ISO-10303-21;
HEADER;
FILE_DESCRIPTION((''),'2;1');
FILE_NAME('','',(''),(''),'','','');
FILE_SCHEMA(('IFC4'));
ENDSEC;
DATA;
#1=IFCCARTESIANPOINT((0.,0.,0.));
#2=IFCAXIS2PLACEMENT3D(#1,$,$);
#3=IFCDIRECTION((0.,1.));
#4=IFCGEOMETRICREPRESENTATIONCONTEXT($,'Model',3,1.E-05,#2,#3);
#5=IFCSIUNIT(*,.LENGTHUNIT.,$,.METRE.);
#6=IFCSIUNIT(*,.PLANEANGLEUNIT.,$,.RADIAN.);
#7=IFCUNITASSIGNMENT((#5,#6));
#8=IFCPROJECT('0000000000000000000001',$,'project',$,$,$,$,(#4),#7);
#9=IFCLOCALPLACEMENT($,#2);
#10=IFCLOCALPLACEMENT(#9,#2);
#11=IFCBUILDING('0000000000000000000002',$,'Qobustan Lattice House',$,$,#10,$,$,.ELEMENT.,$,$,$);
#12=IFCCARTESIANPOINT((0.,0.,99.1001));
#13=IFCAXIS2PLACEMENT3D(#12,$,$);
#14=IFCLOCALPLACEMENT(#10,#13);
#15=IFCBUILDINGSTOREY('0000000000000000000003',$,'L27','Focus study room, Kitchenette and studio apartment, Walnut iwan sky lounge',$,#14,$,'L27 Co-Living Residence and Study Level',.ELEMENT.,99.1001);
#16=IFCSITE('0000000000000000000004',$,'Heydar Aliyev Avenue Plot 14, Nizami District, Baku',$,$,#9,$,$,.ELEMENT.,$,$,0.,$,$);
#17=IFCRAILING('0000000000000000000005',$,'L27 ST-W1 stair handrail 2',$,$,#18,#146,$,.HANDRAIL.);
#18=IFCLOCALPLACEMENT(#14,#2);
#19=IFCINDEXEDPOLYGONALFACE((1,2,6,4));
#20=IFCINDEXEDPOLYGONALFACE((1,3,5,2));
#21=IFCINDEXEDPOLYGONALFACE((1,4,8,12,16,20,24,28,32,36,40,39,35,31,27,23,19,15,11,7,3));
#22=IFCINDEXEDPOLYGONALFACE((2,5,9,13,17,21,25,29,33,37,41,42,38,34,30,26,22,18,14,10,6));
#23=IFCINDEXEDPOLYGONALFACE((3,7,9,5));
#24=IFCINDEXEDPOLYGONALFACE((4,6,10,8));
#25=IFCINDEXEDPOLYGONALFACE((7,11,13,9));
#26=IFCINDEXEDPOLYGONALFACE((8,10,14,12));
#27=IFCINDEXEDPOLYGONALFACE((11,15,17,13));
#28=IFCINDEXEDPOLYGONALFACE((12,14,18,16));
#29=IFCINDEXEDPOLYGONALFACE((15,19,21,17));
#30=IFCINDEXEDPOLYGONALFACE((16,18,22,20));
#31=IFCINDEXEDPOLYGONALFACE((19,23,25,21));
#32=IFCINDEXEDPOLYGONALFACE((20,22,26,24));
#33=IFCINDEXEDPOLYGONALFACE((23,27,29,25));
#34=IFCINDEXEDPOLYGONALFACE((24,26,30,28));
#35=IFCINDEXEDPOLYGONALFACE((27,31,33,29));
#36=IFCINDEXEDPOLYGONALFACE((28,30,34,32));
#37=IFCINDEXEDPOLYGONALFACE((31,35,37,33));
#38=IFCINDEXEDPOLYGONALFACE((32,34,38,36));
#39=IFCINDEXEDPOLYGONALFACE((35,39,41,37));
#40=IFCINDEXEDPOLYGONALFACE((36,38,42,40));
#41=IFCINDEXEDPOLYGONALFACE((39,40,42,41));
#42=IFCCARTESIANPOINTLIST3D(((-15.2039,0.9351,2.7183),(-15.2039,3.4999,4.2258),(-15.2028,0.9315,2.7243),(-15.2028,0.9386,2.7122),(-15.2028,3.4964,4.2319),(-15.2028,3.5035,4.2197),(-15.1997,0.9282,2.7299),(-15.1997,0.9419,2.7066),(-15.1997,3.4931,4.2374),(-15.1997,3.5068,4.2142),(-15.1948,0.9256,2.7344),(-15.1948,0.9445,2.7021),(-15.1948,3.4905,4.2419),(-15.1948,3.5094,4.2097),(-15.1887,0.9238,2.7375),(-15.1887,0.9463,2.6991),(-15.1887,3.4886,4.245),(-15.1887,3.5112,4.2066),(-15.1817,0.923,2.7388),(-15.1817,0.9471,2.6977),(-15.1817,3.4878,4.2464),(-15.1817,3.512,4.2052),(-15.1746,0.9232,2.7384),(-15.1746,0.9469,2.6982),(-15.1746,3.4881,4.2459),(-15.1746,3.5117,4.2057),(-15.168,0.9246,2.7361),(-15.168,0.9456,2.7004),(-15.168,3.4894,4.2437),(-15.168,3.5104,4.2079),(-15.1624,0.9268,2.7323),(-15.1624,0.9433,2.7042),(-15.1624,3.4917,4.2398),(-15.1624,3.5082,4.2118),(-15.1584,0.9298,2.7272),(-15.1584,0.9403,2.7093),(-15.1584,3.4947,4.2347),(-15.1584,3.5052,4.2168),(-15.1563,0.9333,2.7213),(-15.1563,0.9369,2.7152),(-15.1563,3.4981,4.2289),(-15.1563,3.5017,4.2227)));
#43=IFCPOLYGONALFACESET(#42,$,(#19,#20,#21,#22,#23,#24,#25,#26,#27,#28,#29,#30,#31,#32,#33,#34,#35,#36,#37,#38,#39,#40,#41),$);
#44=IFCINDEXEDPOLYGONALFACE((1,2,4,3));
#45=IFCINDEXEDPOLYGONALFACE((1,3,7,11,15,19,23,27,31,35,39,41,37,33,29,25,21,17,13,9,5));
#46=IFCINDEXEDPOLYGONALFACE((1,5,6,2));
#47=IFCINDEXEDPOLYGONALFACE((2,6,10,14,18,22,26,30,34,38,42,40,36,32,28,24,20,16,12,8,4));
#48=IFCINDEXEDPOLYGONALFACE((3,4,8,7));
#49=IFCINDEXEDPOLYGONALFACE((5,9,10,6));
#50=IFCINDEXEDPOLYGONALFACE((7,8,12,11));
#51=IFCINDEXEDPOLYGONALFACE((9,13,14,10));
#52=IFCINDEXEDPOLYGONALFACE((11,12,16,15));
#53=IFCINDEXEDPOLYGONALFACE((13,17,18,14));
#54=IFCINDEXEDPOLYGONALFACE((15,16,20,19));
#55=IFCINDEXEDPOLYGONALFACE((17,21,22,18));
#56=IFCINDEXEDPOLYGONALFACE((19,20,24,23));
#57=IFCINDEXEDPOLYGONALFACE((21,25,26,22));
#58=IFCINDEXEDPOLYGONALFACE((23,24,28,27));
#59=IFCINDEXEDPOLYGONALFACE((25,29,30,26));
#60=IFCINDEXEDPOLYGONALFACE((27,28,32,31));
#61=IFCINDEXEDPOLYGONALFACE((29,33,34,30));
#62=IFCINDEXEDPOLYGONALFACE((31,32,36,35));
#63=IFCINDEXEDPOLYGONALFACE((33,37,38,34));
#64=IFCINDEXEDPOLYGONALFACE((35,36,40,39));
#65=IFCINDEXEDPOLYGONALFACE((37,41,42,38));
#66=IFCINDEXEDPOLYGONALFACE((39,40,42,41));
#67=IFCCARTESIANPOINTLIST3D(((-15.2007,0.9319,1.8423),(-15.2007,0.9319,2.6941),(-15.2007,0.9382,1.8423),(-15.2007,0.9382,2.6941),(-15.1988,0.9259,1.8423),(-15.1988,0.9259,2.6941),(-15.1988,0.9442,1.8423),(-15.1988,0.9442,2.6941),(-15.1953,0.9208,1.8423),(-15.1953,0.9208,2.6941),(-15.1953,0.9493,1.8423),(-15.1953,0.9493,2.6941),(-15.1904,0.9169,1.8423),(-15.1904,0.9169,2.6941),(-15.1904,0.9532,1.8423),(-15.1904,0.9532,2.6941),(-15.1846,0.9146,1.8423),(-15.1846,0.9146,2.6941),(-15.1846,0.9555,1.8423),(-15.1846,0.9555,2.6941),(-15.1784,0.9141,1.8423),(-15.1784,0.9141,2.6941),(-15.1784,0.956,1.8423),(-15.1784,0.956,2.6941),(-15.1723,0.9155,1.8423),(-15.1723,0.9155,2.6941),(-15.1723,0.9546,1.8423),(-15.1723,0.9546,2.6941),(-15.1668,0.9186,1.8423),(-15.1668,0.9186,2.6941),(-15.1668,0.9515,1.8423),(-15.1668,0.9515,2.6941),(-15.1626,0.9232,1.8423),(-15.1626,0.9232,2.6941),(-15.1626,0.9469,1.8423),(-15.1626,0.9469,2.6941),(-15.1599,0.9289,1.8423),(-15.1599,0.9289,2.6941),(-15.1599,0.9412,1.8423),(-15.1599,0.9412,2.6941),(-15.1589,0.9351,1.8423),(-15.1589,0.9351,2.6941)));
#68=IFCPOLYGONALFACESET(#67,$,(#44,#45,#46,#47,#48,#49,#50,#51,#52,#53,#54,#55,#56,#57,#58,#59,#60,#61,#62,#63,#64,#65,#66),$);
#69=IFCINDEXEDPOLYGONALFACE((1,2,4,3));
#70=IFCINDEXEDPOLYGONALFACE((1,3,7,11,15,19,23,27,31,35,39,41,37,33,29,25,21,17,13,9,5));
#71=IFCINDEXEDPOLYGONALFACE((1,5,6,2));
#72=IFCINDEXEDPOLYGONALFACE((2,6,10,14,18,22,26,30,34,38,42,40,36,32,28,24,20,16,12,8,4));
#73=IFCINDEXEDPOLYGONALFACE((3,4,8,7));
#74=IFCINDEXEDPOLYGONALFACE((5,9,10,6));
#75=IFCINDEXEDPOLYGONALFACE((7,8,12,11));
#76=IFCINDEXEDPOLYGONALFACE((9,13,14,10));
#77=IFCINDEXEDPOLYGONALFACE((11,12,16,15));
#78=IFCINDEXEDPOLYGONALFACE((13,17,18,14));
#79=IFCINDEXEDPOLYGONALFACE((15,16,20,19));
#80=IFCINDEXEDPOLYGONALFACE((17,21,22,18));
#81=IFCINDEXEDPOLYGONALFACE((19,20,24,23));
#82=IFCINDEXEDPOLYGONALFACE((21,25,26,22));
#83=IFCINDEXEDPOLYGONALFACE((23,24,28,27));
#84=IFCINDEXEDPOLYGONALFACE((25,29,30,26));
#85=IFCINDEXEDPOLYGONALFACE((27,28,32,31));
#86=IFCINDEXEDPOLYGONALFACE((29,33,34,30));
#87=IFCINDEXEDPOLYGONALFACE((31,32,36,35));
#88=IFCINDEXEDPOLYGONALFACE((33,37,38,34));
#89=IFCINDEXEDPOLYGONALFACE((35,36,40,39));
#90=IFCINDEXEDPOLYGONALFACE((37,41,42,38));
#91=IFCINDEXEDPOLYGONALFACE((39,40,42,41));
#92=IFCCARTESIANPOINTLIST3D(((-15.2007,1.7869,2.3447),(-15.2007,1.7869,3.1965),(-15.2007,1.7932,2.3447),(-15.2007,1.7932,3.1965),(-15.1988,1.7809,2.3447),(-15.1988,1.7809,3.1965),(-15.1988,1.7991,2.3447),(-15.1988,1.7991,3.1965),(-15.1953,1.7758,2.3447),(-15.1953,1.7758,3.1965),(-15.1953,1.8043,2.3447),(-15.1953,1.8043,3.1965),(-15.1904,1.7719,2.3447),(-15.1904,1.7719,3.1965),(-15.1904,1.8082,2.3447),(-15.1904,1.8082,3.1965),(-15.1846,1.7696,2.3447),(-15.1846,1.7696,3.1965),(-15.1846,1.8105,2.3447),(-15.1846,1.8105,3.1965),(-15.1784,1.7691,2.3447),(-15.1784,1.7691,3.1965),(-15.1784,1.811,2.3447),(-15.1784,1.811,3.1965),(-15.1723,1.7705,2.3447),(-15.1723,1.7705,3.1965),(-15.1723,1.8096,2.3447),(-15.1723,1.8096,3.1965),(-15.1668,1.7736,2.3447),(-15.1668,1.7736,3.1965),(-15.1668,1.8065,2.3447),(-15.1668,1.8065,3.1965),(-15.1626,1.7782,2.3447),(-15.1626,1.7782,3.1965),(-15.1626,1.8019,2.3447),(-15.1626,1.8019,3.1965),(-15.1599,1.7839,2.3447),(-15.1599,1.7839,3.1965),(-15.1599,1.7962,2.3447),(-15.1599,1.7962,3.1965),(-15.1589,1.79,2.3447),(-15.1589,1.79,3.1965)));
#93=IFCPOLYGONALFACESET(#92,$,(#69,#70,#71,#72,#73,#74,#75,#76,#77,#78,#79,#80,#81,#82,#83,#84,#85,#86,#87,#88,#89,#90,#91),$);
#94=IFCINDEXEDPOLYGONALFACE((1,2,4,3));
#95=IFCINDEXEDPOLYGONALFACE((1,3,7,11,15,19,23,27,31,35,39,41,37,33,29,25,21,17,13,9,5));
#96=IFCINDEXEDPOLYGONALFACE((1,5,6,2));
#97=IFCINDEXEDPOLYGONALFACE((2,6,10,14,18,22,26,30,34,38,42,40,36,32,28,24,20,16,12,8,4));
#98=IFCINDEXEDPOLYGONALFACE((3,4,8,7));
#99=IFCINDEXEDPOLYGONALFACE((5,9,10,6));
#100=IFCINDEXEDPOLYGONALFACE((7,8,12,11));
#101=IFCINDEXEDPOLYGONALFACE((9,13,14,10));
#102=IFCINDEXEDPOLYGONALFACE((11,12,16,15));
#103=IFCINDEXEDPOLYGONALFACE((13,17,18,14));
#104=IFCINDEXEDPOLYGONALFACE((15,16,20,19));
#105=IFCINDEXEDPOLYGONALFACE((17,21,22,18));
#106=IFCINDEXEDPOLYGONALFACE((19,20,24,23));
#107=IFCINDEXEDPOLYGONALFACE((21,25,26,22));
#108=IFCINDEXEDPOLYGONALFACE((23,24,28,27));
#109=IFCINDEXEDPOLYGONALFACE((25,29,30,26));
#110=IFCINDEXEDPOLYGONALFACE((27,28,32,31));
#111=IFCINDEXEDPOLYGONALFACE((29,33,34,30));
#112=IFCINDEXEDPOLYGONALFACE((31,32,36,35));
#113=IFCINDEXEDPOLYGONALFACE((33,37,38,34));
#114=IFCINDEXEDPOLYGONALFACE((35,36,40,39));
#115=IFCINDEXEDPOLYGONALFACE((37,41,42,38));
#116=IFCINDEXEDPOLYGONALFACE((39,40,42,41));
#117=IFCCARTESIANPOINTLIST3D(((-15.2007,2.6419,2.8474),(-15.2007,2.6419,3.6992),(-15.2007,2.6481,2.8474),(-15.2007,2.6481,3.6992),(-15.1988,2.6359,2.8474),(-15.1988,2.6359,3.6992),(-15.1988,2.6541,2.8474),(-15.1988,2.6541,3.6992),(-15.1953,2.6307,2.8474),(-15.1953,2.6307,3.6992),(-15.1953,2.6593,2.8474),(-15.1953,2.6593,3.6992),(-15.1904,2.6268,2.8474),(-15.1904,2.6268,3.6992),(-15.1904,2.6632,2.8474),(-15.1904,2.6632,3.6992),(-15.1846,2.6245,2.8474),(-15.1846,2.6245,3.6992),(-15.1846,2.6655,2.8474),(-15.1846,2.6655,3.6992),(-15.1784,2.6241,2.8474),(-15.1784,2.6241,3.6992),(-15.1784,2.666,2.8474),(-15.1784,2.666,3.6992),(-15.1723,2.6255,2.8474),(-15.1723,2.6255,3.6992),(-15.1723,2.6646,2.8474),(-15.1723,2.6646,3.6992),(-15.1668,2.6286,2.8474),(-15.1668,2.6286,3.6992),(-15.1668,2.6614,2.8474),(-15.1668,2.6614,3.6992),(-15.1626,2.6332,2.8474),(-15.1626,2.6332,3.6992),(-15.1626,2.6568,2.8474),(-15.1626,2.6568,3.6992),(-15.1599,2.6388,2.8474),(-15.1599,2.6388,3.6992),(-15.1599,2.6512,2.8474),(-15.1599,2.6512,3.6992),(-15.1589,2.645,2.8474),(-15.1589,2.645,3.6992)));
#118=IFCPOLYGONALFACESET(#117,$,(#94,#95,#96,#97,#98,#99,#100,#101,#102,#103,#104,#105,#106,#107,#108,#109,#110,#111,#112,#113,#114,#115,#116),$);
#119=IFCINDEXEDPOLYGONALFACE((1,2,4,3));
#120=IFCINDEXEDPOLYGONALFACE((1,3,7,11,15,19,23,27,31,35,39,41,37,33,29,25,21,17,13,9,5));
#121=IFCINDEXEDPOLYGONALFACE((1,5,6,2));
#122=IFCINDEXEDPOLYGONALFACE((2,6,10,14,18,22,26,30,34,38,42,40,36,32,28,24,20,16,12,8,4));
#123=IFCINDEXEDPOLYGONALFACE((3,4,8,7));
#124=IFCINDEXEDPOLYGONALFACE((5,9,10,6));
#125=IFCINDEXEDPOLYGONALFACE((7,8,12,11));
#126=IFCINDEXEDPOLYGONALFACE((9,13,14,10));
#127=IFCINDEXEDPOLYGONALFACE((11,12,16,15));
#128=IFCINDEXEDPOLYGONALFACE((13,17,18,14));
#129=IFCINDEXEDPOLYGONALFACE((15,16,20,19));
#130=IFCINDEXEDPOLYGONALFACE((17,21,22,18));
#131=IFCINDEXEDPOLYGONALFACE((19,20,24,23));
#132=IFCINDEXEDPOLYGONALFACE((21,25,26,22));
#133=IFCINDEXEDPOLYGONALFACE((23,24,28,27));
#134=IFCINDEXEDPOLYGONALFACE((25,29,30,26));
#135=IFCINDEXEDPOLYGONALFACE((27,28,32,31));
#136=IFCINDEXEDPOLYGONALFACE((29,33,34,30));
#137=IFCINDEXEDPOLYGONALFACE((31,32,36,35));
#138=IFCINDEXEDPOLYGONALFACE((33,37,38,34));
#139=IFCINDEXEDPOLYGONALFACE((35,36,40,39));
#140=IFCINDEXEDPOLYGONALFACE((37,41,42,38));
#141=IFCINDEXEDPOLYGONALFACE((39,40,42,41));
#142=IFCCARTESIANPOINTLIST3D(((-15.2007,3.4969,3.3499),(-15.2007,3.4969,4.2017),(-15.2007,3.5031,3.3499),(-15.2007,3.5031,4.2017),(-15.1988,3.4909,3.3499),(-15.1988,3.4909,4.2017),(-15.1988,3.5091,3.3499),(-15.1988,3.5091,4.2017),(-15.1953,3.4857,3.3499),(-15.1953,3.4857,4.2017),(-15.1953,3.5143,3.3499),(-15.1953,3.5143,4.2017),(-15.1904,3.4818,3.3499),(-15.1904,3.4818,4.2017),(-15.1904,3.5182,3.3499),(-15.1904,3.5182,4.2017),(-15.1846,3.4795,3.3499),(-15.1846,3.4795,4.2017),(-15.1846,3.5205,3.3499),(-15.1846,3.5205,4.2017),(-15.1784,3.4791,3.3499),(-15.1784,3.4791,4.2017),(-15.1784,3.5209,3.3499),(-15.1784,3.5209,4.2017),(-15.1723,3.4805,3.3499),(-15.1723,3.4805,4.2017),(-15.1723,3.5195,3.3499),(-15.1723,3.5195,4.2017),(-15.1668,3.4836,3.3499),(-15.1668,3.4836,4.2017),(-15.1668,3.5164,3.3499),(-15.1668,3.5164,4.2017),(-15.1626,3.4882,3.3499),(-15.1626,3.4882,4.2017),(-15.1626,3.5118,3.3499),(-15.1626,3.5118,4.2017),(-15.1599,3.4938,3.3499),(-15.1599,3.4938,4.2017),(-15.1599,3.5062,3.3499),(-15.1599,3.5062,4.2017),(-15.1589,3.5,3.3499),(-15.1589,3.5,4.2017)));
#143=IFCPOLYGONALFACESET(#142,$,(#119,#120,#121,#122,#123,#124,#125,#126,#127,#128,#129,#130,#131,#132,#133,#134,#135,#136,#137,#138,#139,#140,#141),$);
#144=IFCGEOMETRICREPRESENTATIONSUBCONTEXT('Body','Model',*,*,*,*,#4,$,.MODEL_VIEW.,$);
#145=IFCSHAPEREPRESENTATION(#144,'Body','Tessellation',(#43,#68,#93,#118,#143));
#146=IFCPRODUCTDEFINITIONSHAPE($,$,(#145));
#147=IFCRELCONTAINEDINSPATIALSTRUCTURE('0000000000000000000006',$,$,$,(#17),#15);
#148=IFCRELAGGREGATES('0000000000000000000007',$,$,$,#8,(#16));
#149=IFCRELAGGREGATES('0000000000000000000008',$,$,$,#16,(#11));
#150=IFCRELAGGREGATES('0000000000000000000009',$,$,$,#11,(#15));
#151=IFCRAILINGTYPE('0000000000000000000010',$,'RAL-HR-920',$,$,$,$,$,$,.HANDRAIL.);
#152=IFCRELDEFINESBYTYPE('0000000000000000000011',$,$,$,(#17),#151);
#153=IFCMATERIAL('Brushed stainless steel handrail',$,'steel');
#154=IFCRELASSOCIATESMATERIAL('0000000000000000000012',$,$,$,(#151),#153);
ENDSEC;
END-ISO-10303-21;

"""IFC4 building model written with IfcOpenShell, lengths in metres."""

from ifc_helpers import new_model, si_unit, direction, frame, origin, origin_2d, place, context, subcontext, project, spatial, circle, extrude, material, type_object, element, save


model = new_model("IFC4")

# Units and contexts
model_context = context("Model", 3, precision=1e-05, world=origin(), true_north=direction((0.0, 1.0)))
body_context = subcontext(model_context, "Body", "Model", "MODEL_VIEW")
ifc_project = project(units=[si_unit("LENGTHUNIT", "METRE"), si_unit("PLANEANGLEUNIT", "RADIAN")], contexts=[model_context])

# Site, building, storey
site_placement = place(None, origin())
site = spatial("IfcSite", under=ifc_project, at=site_placement, Name="Heydar Aliyev Avenue Plot 14, Nizami District, Baku", CompositionType="ELEMENT", RefElevation=0.0)
building_placement = place(site_placement, origin())
building = spatial("IfcBuilding", under=site, at=building_placement, Name="Qobustan Lattice House", CompositionType="ELEMENT")
storey_placement = place(building_placement, frame((0.0, 0.0, 99.1001)))
storey = spatial("IfcBuildingStorey", under=building, at=storey_placement, Name="L27", Description="Focus study room, Kitchenette and studio apartment, Walnut iwan sky lounge", LongName="L27 Co-Living Residence and Study Level", CompositionType="ELEMENT", Elevation=99.1001)

# Railing
ifc_material_1 = material(Name="Brushed stainless steel handrail", Category="steel")
railing_type_1 = type_object("IfcRailingType", Name="RAL-HR-920", PredefinedType="HANDRAIL", material=ifc_material_1)
railing_1_placement = place(storey_placement, frame((-15.1799, 0.9351, 1.8423)))
element("IfcRailing", 1, at=railing_1_placement, inside=storey, type_object=railing_type_1, Name="L27 ST-W1 stair handrail 2", PredefinedType="HANDRAIL", context=body_context, shape_type="SweptSolid", body=[
    extrude(circle(Radius=0.0239, at=origin_2d()), frame((0.0, 0.0, 0.876), z_axis=(0.0, 0.862113, 0.506715), x_axis=(-1.0, 0.0, 0.0)), (0.0, 0.0, 1.0), 2.9751),
    extrude(circle(Radius=0.021, at=origin_2d()), origin(), (0.0, 0.0, 1.0), 0.8518),
    extrude(circle(Radius=0.021, at=origin_2d()), frame((0.0, 0.855, 0.5024)), (0.0, 0.0, 1.0), 0.8518),
    extrude(circle(Radius=0.021, at=origin_2d()), frame((0.0, 1.71, 1.0051)), (0.0, 0.0, 1.0), 0.8518),
    extrude(circle(Radius=0.021, at=origin_2d()), frame((0.0, 2.5649, 1.5076)), (0.0, 0.0, 1.0), 0.8518),
])

save(model, "model.ifc")
